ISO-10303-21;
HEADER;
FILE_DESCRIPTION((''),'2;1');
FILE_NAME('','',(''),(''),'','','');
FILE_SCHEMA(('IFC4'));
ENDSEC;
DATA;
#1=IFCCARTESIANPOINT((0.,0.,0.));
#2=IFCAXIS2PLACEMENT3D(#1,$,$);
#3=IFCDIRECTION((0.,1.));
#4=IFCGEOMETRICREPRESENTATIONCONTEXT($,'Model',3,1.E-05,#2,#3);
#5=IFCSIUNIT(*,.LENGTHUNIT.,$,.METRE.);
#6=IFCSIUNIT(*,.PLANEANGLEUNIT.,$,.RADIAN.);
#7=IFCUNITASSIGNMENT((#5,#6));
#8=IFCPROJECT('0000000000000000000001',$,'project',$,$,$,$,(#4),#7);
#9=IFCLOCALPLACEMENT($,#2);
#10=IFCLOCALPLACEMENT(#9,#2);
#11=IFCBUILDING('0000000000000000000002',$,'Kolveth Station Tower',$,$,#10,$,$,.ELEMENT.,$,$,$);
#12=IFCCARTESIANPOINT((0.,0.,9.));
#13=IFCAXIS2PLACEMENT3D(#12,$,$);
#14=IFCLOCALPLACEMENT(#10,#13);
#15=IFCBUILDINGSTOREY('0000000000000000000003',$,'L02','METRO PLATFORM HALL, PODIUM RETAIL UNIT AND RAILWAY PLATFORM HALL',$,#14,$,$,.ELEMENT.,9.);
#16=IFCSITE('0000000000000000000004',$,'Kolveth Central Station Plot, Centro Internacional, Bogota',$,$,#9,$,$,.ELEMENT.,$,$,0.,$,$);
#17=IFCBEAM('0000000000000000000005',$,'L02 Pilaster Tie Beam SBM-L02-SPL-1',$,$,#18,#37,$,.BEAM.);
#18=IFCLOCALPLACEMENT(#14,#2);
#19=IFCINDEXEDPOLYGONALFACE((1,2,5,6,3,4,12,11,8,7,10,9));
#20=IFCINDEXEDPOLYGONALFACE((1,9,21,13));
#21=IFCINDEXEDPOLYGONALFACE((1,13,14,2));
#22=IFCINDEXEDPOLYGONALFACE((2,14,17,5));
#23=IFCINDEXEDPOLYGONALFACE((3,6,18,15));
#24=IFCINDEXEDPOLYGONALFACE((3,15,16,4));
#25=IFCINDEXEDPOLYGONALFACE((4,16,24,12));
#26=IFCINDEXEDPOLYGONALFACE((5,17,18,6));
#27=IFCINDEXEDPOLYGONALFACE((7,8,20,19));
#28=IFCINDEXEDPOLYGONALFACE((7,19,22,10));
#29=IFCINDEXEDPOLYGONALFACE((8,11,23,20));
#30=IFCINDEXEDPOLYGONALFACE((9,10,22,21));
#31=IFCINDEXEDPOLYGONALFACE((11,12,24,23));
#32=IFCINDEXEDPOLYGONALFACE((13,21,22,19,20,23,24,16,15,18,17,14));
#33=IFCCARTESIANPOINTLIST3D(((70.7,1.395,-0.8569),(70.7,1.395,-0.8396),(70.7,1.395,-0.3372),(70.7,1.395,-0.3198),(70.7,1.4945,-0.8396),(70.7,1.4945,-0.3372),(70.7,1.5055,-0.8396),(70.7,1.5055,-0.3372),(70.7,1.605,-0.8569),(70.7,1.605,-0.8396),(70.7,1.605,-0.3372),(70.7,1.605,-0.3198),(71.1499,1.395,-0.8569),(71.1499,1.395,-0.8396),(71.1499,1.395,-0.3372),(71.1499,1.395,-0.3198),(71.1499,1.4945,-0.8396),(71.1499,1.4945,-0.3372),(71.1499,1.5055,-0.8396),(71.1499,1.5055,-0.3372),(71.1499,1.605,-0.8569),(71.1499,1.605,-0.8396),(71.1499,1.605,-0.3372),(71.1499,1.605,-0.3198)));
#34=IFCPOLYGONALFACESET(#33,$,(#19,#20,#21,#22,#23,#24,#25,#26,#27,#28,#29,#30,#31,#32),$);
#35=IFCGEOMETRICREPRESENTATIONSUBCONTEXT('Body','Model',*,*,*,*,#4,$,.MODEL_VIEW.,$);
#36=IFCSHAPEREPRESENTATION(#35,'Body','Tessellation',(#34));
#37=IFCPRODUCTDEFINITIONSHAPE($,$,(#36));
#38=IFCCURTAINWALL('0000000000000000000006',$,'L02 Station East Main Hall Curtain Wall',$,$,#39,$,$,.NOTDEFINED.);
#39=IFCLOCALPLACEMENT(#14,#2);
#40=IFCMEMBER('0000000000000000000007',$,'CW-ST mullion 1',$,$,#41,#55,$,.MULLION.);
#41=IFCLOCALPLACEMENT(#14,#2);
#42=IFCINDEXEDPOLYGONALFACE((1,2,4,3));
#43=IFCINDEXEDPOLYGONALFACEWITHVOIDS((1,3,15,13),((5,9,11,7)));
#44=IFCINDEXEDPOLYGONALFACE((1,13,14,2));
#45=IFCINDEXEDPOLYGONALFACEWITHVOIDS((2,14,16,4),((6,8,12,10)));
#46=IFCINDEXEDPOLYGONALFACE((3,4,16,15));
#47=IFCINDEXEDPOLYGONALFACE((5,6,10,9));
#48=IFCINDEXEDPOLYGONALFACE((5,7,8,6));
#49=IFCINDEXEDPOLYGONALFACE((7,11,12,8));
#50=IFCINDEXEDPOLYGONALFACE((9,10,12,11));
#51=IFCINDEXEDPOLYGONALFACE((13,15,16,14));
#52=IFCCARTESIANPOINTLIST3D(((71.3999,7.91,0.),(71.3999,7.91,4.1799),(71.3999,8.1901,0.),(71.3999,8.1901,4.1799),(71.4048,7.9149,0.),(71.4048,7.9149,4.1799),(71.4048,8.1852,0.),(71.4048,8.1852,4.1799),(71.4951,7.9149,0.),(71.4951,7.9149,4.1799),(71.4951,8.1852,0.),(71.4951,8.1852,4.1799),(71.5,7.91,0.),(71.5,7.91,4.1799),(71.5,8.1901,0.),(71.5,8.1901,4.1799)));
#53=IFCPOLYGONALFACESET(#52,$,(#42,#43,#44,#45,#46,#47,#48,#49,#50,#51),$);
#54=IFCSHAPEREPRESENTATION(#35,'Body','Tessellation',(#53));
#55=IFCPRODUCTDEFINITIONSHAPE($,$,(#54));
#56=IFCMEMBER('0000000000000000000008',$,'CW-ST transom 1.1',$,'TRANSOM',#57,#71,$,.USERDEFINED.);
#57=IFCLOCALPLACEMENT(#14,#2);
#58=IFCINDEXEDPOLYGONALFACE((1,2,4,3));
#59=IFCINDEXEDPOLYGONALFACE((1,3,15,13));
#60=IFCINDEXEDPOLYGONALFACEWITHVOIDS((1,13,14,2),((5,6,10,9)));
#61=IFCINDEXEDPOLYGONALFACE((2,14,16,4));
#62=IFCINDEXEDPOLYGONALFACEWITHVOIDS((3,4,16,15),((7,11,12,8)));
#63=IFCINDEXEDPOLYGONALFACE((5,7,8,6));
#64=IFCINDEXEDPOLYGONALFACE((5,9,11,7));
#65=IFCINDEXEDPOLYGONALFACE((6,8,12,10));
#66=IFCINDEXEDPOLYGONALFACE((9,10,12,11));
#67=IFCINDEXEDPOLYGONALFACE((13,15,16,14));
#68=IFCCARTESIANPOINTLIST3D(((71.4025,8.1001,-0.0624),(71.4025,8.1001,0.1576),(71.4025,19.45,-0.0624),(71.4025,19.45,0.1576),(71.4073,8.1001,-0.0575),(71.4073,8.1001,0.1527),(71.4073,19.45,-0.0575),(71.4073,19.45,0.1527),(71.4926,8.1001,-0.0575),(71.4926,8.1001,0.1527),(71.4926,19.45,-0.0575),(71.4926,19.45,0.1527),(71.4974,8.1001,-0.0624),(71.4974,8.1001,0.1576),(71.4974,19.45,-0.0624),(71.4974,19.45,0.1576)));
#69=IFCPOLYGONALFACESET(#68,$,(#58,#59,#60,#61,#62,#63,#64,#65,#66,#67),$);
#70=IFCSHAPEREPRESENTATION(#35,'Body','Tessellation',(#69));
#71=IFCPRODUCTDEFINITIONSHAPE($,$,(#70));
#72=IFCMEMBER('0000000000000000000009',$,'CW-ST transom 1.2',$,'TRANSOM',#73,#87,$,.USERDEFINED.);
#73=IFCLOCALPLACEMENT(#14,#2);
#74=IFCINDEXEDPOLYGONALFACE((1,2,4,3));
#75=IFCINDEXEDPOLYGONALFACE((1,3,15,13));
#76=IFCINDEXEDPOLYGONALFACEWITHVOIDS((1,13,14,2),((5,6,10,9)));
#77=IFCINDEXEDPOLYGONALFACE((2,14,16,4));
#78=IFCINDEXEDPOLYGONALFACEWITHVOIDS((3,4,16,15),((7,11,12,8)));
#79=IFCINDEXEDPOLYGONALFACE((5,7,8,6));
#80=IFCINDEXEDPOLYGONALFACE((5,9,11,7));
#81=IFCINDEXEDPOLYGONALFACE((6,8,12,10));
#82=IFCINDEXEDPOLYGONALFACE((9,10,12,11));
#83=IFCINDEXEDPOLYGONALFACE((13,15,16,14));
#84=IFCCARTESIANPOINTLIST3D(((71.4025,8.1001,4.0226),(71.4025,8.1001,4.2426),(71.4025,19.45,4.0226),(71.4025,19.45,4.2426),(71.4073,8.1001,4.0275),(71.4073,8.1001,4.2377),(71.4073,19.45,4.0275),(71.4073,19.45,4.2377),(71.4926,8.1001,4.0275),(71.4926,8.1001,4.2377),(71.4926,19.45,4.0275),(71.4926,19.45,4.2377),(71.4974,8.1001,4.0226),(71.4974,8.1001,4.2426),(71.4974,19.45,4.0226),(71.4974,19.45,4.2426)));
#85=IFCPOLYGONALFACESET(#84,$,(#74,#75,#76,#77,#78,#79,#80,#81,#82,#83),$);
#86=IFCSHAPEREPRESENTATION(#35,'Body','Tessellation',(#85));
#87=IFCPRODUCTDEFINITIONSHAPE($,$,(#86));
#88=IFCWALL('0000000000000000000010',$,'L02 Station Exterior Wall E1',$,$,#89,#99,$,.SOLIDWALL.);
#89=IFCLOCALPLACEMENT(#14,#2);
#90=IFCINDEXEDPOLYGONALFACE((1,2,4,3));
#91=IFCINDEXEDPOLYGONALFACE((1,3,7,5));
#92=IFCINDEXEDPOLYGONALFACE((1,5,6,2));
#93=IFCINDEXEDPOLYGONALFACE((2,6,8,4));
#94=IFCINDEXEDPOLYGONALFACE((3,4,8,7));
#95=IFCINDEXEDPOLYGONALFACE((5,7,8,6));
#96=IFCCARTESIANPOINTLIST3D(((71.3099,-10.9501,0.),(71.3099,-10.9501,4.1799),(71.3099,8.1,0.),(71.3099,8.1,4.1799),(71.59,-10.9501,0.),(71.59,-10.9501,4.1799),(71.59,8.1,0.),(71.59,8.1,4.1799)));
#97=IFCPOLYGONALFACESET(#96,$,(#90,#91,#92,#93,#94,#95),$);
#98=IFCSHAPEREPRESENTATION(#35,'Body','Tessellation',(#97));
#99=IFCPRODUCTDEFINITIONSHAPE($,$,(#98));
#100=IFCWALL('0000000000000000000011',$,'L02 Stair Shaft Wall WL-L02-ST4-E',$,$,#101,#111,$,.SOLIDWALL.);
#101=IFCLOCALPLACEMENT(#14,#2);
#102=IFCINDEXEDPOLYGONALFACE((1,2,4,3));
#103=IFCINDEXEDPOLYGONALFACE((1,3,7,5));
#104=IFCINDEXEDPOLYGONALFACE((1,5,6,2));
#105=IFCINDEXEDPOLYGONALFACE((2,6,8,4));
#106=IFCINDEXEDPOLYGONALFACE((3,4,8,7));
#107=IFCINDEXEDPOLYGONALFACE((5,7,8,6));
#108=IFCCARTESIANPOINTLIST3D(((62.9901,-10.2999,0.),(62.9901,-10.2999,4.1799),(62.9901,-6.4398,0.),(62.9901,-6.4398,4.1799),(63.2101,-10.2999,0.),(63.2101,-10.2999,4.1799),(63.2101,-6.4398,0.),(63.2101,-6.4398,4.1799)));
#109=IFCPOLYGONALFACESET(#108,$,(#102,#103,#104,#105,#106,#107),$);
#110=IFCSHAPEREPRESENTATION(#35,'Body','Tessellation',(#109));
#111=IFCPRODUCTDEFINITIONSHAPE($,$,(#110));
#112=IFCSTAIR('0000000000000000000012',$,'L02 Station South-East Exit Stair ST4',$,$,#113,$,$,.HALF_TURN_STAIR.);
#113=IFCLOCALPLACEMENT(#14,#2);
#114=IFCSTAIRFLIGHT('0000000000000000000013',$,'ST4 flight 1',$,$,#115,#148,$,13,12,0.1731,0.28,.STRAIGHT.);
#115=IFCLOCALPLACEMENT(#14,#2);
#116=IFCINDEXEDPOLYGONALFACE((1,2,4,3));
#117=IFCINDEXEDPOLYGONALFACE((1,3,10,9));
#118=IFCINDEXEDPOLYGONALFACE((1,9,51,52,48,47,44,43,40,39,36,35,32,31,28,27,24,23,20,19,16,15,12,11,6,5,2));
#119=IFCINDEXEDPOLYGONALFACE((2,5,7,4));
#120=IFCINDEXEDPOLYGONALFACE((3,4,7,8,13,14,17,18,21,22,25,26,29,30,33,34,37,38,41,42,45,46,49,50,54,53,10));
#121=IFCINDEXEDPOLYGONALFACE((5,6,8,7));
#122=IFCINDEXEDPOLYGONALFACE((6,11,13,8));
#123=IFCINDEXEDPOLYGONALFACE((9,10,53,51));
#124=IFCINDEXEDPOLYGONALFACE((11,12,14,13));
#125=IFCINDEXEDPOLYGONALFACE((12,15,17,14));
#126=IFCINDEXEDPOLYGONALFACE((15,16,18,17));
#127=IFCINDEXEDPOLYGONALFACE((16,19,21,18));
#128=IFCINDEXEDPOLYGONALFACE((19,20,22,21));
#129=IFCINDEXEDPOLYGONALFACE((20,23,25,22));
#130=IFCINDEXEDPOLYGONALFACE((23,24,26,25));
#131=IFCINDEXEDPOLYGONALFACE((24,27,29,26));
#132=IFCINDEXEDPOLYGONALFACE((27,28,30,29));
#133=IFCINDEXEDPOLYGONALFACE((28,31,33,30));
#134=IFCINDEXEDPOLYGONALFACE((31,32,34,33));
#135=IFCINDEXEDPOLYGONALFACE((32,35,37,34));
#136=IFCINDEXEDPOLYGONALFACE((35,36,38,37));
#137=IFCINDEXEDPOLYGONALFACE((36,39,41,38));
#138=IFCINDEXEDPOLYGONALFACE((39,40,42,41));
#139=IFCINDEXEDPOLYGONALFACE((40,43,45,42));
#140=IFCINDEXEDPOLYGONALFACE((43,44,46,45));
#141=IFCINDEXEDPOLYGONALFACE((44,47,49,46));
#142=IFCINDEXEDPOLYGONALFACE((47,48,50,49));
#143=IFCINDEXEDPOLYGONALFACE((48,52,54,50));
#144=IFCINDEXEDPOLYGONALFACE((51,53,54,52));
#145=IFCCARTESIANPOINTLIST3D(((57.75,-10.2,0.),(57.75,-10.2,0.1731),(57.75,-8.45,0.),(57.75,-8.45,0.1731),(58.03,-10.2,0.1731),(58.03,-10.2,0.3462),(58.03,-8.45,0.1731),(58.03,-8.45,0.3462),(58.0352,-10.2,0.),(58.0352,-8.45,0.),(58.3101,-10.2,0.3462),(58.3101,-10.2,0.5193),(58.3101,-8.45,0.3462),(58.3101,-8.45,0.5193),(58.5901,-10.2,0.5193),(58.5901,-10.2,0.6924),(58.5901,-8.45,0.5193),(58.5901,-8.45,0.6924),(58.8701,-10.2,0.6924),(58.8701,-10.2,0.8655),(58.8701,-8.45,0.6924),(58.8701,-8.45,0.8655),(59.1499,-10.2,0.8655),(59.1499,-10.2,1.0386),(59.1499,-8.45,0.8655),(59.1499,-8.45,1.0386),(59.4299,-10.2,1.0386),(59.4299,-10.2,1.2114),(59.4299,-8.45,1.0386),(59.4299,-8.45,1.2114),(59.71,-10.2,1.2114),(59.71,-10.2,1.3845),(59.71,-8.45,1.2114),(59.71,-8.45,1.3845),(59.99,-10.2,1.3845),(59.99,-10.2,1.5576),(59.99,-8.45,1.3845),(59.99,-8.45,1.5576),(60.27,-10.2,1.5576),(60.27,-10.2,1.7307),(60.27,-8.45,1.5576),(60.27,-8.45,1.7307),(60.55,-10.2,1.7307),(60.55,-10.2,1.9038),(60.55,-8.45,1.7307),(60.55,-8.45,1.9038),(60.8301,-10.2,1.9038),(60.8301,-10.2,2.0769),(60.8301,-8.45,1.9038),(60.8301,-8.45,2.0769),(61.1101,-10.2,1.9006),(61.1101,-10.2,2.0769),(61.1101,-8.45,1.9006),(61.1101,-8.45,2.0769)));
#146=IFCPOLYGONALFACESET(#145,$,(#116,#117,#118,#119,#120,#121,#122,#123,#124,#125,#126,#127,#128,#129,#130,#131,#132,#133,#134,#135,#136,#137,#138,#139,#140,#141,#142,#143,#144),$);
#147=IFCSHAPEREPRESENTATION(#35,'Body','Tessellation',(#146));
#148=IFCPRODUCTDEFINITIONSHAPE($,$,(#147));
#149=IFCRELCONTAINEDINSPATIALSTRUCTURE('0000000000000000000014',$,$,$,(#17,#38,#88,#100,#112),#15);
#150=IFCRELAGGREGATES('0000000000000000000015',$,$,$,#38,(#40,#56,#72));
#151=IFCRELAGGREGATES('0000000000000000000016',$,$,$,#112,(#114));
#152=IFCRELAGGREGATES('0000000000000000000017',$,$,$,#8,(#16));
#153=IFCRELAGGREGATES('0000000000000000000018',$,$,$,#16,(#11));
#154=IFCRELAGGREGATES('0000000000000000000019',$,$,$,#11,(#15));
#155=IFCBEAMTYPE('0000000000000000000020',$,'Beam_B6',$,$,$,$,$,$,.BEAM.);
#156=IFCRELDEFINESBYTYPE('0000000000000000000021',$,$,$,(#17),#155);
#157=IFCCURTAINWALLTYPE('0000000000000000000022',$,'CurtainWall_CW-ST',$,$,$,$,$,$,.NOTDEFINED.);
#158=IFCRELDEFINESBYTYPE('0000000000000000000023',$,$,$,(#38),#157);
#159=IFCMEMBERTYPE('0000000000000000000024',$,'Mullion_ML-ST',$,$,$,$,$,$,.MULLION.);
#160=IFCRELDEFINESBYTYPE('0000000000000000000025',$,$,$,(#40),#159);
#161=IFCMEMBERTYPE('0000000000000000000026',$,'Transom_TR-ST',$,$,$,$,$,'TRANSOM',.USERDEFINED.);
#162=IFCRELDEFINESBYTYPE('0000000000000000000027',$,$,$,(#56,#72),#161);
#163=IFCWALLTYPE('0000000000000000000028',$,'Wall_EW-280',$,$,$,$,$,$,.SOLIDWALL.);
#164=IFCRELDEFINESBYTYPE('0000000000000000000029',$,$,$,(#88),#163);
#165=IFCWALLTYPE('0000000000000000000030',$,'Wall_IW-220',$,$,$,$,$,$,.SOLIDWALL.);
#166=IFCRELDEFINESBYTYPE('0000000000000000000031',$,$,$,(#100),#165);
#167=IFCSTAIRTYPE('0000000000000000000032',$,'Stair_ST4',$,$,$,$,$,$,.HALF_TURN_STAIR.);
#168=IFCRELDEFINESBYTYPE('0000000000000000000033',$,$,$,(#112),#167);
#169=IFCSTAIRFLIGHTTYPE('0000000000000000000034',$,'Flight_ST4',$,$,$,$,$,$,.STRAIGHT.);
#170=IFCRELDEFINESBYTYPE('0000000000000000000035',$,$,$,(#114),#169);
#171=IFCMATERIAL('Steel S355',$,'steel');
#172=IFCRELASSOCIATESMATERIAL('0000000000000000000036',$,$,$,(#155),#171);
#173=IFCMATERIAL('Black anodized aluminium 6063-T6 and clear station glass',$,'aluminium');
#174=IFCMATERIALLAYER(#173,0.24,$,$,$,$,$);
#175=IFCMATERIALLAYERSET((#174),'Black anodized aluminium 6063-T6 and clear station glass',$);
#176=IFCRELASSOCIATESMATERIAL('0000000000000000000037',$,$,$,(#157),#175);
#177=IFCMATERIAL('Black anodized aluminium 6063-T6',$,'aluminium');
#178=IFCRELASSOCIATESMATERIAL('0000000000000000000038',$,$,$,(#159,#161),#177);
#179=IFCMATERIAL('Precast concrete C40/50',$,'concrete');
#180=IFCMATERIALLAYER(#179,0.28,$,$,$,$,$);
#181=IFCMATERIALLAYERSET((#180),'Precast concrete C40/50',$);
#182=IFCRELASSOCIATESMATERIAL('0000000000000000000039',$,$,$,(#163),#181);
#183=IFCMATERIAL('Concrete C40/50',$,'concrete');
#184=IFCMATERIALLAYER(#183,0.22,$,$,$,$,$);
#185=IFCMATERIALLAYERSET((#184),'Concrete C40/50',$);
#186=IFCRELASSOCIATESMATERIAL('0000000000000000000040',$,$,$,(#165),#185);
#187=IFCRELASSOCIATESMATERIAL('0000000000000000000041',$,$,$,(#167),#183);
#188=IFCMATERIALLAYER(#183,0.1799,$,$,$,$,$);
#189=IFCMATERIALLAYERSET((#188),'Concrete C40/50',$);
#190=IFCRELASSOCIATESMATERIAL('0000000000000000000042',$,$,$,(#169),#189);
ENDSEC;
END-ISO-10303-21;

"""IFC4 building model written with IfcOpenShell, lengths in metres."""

from ifc_helpers import new_model, si_unit, direction, frame, frame_2d, origin, origin_2d, place, context, subcontext, project, spatial, polyline, rectangle, hollow_rectangle, i_section, outline, extrude, source, transform, mapped, material, layer, layer_set, material_profile, profile_set, type_object, element, aggregate, save


model = new_model("IFC4")

# Units and contexts
model_context = context("Model", 3, precision=1e-05, world=origin(), true_north=direction((0.0, 1.0)))
body_context = subcontext(model_context, "Body", "Model", "MODEL_VIEW")
ifc_project = project(units=[si_unit("LENGTHUNIT", "METRE"), si_unit("PLANEANGLEUNIT", "RADIAN")], contexts=[model_context])

# Site, building, storey
site_placement = place(None, origin())
site = spatial("IfcSite", under=ifc_project, at=site_placement, Name="Kolveth Central Station Plot, Centro Internacional, Bogota", CompositionType="ELEMENT", RefElevation=0.0)
building_placement = place(site_placement, origin())
building = spatial("IfcBuilding", under=site, at=building_placement, Name="Kolveth Station Tower", CompositionType="ELEMENT")
storey_placement = place(building_placement, frame((0.0, 0.0, 9.0)))
storey = spatial("IfcBuildingStorey", under=building, at=storey_placement, Name="L02", Description="METRO PLATFORM HALL, PODIUM RETAIL UNIT AND RAILWAY PLATFORM HALL", CompositionType="ELEMENT", Elevation=9.0)

# Shared definitions
ifc_material_1 = material(Name="Steel S355", Category="steel")

# Beam
ifc_material_profile_1 = material_profile(ifc_material_1, i_section(OverallWidth=0.21, OverallDepth=0.5371, WebThickness=0.011, FlangeThickness=0.0173, at=origin_2d()), Name="W530x101")
ifc_profile_set_1 = profile_set([ifc_material_profile_1], Name="Steel S355")
beam_type_1 = type_object("IfcBeamType", Name="Beam_B6", PredefinedType="BEAM", material=ifc_profile_set_1)
shared_shape_1 = source(origin(), body_context, "Body", "SweptSolid", [
    extrude(i_section(OverallWidth=0.21, OverallDepth=0.5371, WebThickness=0.011, FlangeThickness=0.0173, at=origin_2d()), origin(), (0.0, 0.0, 1.0), 0.45),
])
beam_placement = place(storey_placement, frame((70.7, 1.5, -0.5884), z_axis=(1.0, 0.0, 0.0), x_axis=(0.0, 1.0, 0.0)))
element("IfcBeam", 1, at=beam_placement, inside=storey, type_object=beam_type_1, Name="L02 Pilaster Tie Beam SBM-L02-SPL-1", PredefinedType="BEAM", context=body_context, shape_type="MappedRepresentation", body=[
    mapped(shared_shape_1, transform((0.0, 0.0, 0.0), x_axis=(1.0, 0.0, 0.0), y_axis=(0.0, 1.0, 0.0), z_axis=(0.0, 0.0, 1.0), scale=1.0)),
])

# Curtain wall, members
ifc_material_2 = material(Name="Black anodized aluminium 6063-T6 and clear station glass", Category="aluminium")
ifc_layer_1 = layer(ifc_material_2, 0.24)
ifc_layer_set_1 = layer_set([ifc_layer_1], Name="Black anodized aluminium 6063-T6 and clear station glass")
curtain_wall_type = type_object("IfcCurtainWallType", Name="CurtainWall_CW-ST", PredefinedType="NOTDEFINED", material=ifc_layer_set_1)
curtain_wall_placement = place(storey_placement, origin())
curtain_wall = element("IfcCurtainWall", 2, at=curtain_wall_placement, inside=storey, type_object=curtain_wall_type, Name="L02 Station East Main Hall Curtain Wall", PredefinedType="NOTDEFINED")
ifc_material_3 = material(Name="Black anodized aluminium 6063-T6", Category="aluminium")
ifc_material_profile_2 = material_profile(ifc_material_3, hollow_rectangle(XDim=0.1001, YDim=0.28, WallThickness=0.0049, at=origin_2d()), Name="ALU-100x280x5")
ifc_profile_set_2 = profile_set([ifc_material_profile_2], Name="Black anodized aluminium 6063-T6")
member_type_1 = type_object("IfcMemberType", Name="Mullion_ML-ST", PredefinedType="MULLION", material=ifc_profile_set_2)
shared_shape_2 = source(origin(), body_context, "Body", "SweptSolid", [
    extrude(hollow_rectangle(XDim=0.1001, YDim=0.28, WallThickness=0.0049, at=origin_2d()), origin(), (0.0, 0.0, 1.0), 4.1799),
])
member_1_placement = place(storey_placement, frame((71.45, 8.05, 0.0), z_axis=(0.0, 0.0, 1.0), x_axis=(-1.0, 0.0, 0.0)))
member_1 = element("IfcMember", 3, at=member_1_placement, type_object=member_type_1, Name="CW-ST mullion 1", PredefinedType="MULLION", context=body_context, shape_type="MappedRepresentation", body=[
    mapped(shared_shape_2, transform((0.0, 0.0, 0.0), x_axis=(1.0, 0.0, 0.0), y_axis=(0.0, 1.0, 0.0), z_axis=(0.0, 0.0, 1.0), scale=1.0)),
])
ifc_material_profile_3 = material_profile(ifc_material_3, hollow_rectangle(XDim=0.095, YDim=0.22, WallThickness=0.0049, at=origin_2d()), Name="ALU-95x220x5")
ifc_profile_set_3 = profile_set([ifc_material_profile_3], Name="Black anodized aluminium 6063-T6")
member_type_2 = type_object("IfcMemberType", Name="Transom_TR-ST", ElementType="TRANSOM", PredefinedType="USERDEFINED", material=ifc_profile_set_3)
shared_shape_3 = source(origin(), body_context, "Body", "SweptSolid", [
    extrude(hollow_rectangle(XDim=0.095, YDim=0.22, WallThickness=0.0049, at=origin_2d()), origin(), (0.0, 0.0, 1.0), 11.3499),
])
member_2_placement = place(storey_placement, frame((71.45, 8.1001, 0.0476), z_axis=(0.0, 1.0, 0.0), x_axis=(-1.0, 0.0, 0.0)))
member_2 = element("IfcMember", 4, at=member_2_placement, type_object=member_type_2, Name="CW-ST transom 1.1", ObjectType="TRANSOM", PredefinedType="USERDEFINED", context=body_context, shape_type="MappedRepresentation", body=[
    mapped(shared_shape_3, transform((0.0, 0.0, 0.0), x_axis=(1.0, 0.0, 0.0), y_axis=(0.0, 1.0, 0.0), z_axis=(0.0, 0.0, 1.0), scale=1.0)),
])
member_3_placement = place(storey_placement, frame((71.45, 8.1001, 4.1326), z_axis=(0.0, 1.0, 0.0), x_axis=(-1.0, 0.0, 0.0)))
member_3 = element("IfcMember", 5, at=member_3_placement, type_object=member_type_2, Name="CW-ST transom 1.2", ObjectType="TRANSOM", PredefinedType="USERDEFINED", context=body_context, shape_type="MappedRepresentation", body=[
    mapped(shared_shape_3, transform((0.0, 0.0, 0.0), x_axis=(1.0, 0.0, 0.0), y_axis=(0.0, 1.0, 0.0), z_axis=(0.0, 0.0, 1.0), scale=1.0)),
])
aggregate(curtain_wall, [member_1, member_2, member_3])

# Walls
ifc_material_4 = material(Name="Precast concrete C40/50", Category="concrete")
ifc_layer_2 = layer(ifc_material_4, 0.28)
ifc_layer_set_2 = layer_set([ifc_layer_2], Name="Precast concrete C40/50")
wall_type_1 = type_object("IfcWallType", Name="Wall_EW-280", PredefinedType="SOLIDWALL", material=ifc_layer_set_2)
wall_1_placement = place(storey_placement, frame((71.45, -10.95, 0.0), z_axis=(0.0, 0.0, 1.0), x_axis=(0.0, 1.0, 0.0)))
element("IfcWall", 6, at=wall_1_placement, inside=storey, type_object=wall_type_1, Name="L02 Station Exterior Wall E1", PredefinedType="SOLIDWALL", context=body_context, shape_type="SweptSolid", body=[
    extrude(rectangle(XDim=19.05, YDim=0.28, at=frame_2d((9.5249, 0.0))), origin(), (0.0, 0.0, 1.0), 4.1799),
])
ifc_material_5 = material(Name="Concrete C40/50", Category="concrete")
ifc_layer_3 = layer(ifc_material_5, 0.22)
ifc_layer_set_3 = layer_set([ifc_layer_3], Name="Concrete C40/50")
wall_type_2 = type_object("IfcWallType", Name="Wall_IW-220", PredefinedType="SOLIDWALL", material=ifc_layer_set_3)
wall_2_placement = place(storey_placement, frame((63.1001, -10.3, 0.0), z_axis=(0.0, 0.0, 1.0), x_axis=(0.0, 1.0, 0.0)))
element("IfcWall", 7, at=wall_2_placement, inside=storey, type_object=wall_type_2, Name="L02 Stair Shaft Wall WL-L02-ST4-E", PredefinedType="SOLIDWALL", context=body_context, shape_type="SweptSolid", body=[
    extrude(rectangle(XDim=3.8601, YDim=0.22, at=frame_2d((1.9302, 0.0))), origin(), (0.0, 0.0, 1.0), 4.1799),
])

# Stair, stair flight
stair_type = type_object("IfcStairType", Name="Stair_ST4", PredefinedType="HALF_TURN_STAIR", material=ifc_material_5)
stair_placement = place(storey_placement, origin())
stair = element("IfcStair", 8, at=stair_placement, inside=storey, type_object=stair_type, Name="L02 Station South-East Exit Stair ST4", PredefinedType="HALF_TURN_STAIR")
ifc_layer_4 = layer(ifc_material_5, 0.1799)
ifc_layer_set_4 = layer_set([ifc_layer_4], Name="Concrete C40/50")
stair_flight_type = type_object("IfcStairFlightType", Name="Flight_ST4", PredefinedType="STRAIGHT", material=ifc_layer_set_4)
stair_flight_1_placement = place(storey_placement, frame((57.75, -9.325, 0.0), z_axis=(0.0, 0.0, 1.0), x_axis=(1.0, 0.0, 0.0)))
stair_flight_1 = element("IfcStairFlight", 9, at=stair_flight_1_placement, type_object=stair_flight_type, Name="ST4 flight 1", NumberOfRisers=13, NumberOfTreads=12, PredefinedType="STRAIGHT", RiserHeight=0.1731, TreadLength=0.28, context=body_context, shape_type="SweptSolid", body=[
    extrude(outline(polyline([(0.0, 0.0), (0.0, 0.1731), (0.28, 0.1731), (0.28, 0.3462), (0.5601, 0.3462), (0.5601, 0.5193), (0.8401, 0.5193), (0.8401, 0.6924), (1.1201, 0.6924), (1.1201, 0.8655), (1.3999, 0.8655), (1.3999, 1.0386), (1.6799, 1.0386), (1.6799, 1.2114), (1.96, 1.2114), (1.96, 1.3845), (2.24, 1.3845), (2.24, 1.5576), (2.52, 1.5576), (2.52, 1.7307), (2.8, 1.7307), (2.8, 1.9038), (3.0801, 1.9038), (3.0801, 2.0769), (3.3601, 2.0769), (3.3601, 2.25), (3.3601, 1.9006), (0.2852, 0.0), (0.0, 0.0)])), frame((0.0, 0.875, 0.0), z_axis=(0.0, -1.0, 0.0), x_axis=(1.0, 0.0, 0.0)), (0.0, 0.0, 1.0), 1.75),
])
aggregate(stair, [stair_flight_1])

save(model, "model.ifc")
